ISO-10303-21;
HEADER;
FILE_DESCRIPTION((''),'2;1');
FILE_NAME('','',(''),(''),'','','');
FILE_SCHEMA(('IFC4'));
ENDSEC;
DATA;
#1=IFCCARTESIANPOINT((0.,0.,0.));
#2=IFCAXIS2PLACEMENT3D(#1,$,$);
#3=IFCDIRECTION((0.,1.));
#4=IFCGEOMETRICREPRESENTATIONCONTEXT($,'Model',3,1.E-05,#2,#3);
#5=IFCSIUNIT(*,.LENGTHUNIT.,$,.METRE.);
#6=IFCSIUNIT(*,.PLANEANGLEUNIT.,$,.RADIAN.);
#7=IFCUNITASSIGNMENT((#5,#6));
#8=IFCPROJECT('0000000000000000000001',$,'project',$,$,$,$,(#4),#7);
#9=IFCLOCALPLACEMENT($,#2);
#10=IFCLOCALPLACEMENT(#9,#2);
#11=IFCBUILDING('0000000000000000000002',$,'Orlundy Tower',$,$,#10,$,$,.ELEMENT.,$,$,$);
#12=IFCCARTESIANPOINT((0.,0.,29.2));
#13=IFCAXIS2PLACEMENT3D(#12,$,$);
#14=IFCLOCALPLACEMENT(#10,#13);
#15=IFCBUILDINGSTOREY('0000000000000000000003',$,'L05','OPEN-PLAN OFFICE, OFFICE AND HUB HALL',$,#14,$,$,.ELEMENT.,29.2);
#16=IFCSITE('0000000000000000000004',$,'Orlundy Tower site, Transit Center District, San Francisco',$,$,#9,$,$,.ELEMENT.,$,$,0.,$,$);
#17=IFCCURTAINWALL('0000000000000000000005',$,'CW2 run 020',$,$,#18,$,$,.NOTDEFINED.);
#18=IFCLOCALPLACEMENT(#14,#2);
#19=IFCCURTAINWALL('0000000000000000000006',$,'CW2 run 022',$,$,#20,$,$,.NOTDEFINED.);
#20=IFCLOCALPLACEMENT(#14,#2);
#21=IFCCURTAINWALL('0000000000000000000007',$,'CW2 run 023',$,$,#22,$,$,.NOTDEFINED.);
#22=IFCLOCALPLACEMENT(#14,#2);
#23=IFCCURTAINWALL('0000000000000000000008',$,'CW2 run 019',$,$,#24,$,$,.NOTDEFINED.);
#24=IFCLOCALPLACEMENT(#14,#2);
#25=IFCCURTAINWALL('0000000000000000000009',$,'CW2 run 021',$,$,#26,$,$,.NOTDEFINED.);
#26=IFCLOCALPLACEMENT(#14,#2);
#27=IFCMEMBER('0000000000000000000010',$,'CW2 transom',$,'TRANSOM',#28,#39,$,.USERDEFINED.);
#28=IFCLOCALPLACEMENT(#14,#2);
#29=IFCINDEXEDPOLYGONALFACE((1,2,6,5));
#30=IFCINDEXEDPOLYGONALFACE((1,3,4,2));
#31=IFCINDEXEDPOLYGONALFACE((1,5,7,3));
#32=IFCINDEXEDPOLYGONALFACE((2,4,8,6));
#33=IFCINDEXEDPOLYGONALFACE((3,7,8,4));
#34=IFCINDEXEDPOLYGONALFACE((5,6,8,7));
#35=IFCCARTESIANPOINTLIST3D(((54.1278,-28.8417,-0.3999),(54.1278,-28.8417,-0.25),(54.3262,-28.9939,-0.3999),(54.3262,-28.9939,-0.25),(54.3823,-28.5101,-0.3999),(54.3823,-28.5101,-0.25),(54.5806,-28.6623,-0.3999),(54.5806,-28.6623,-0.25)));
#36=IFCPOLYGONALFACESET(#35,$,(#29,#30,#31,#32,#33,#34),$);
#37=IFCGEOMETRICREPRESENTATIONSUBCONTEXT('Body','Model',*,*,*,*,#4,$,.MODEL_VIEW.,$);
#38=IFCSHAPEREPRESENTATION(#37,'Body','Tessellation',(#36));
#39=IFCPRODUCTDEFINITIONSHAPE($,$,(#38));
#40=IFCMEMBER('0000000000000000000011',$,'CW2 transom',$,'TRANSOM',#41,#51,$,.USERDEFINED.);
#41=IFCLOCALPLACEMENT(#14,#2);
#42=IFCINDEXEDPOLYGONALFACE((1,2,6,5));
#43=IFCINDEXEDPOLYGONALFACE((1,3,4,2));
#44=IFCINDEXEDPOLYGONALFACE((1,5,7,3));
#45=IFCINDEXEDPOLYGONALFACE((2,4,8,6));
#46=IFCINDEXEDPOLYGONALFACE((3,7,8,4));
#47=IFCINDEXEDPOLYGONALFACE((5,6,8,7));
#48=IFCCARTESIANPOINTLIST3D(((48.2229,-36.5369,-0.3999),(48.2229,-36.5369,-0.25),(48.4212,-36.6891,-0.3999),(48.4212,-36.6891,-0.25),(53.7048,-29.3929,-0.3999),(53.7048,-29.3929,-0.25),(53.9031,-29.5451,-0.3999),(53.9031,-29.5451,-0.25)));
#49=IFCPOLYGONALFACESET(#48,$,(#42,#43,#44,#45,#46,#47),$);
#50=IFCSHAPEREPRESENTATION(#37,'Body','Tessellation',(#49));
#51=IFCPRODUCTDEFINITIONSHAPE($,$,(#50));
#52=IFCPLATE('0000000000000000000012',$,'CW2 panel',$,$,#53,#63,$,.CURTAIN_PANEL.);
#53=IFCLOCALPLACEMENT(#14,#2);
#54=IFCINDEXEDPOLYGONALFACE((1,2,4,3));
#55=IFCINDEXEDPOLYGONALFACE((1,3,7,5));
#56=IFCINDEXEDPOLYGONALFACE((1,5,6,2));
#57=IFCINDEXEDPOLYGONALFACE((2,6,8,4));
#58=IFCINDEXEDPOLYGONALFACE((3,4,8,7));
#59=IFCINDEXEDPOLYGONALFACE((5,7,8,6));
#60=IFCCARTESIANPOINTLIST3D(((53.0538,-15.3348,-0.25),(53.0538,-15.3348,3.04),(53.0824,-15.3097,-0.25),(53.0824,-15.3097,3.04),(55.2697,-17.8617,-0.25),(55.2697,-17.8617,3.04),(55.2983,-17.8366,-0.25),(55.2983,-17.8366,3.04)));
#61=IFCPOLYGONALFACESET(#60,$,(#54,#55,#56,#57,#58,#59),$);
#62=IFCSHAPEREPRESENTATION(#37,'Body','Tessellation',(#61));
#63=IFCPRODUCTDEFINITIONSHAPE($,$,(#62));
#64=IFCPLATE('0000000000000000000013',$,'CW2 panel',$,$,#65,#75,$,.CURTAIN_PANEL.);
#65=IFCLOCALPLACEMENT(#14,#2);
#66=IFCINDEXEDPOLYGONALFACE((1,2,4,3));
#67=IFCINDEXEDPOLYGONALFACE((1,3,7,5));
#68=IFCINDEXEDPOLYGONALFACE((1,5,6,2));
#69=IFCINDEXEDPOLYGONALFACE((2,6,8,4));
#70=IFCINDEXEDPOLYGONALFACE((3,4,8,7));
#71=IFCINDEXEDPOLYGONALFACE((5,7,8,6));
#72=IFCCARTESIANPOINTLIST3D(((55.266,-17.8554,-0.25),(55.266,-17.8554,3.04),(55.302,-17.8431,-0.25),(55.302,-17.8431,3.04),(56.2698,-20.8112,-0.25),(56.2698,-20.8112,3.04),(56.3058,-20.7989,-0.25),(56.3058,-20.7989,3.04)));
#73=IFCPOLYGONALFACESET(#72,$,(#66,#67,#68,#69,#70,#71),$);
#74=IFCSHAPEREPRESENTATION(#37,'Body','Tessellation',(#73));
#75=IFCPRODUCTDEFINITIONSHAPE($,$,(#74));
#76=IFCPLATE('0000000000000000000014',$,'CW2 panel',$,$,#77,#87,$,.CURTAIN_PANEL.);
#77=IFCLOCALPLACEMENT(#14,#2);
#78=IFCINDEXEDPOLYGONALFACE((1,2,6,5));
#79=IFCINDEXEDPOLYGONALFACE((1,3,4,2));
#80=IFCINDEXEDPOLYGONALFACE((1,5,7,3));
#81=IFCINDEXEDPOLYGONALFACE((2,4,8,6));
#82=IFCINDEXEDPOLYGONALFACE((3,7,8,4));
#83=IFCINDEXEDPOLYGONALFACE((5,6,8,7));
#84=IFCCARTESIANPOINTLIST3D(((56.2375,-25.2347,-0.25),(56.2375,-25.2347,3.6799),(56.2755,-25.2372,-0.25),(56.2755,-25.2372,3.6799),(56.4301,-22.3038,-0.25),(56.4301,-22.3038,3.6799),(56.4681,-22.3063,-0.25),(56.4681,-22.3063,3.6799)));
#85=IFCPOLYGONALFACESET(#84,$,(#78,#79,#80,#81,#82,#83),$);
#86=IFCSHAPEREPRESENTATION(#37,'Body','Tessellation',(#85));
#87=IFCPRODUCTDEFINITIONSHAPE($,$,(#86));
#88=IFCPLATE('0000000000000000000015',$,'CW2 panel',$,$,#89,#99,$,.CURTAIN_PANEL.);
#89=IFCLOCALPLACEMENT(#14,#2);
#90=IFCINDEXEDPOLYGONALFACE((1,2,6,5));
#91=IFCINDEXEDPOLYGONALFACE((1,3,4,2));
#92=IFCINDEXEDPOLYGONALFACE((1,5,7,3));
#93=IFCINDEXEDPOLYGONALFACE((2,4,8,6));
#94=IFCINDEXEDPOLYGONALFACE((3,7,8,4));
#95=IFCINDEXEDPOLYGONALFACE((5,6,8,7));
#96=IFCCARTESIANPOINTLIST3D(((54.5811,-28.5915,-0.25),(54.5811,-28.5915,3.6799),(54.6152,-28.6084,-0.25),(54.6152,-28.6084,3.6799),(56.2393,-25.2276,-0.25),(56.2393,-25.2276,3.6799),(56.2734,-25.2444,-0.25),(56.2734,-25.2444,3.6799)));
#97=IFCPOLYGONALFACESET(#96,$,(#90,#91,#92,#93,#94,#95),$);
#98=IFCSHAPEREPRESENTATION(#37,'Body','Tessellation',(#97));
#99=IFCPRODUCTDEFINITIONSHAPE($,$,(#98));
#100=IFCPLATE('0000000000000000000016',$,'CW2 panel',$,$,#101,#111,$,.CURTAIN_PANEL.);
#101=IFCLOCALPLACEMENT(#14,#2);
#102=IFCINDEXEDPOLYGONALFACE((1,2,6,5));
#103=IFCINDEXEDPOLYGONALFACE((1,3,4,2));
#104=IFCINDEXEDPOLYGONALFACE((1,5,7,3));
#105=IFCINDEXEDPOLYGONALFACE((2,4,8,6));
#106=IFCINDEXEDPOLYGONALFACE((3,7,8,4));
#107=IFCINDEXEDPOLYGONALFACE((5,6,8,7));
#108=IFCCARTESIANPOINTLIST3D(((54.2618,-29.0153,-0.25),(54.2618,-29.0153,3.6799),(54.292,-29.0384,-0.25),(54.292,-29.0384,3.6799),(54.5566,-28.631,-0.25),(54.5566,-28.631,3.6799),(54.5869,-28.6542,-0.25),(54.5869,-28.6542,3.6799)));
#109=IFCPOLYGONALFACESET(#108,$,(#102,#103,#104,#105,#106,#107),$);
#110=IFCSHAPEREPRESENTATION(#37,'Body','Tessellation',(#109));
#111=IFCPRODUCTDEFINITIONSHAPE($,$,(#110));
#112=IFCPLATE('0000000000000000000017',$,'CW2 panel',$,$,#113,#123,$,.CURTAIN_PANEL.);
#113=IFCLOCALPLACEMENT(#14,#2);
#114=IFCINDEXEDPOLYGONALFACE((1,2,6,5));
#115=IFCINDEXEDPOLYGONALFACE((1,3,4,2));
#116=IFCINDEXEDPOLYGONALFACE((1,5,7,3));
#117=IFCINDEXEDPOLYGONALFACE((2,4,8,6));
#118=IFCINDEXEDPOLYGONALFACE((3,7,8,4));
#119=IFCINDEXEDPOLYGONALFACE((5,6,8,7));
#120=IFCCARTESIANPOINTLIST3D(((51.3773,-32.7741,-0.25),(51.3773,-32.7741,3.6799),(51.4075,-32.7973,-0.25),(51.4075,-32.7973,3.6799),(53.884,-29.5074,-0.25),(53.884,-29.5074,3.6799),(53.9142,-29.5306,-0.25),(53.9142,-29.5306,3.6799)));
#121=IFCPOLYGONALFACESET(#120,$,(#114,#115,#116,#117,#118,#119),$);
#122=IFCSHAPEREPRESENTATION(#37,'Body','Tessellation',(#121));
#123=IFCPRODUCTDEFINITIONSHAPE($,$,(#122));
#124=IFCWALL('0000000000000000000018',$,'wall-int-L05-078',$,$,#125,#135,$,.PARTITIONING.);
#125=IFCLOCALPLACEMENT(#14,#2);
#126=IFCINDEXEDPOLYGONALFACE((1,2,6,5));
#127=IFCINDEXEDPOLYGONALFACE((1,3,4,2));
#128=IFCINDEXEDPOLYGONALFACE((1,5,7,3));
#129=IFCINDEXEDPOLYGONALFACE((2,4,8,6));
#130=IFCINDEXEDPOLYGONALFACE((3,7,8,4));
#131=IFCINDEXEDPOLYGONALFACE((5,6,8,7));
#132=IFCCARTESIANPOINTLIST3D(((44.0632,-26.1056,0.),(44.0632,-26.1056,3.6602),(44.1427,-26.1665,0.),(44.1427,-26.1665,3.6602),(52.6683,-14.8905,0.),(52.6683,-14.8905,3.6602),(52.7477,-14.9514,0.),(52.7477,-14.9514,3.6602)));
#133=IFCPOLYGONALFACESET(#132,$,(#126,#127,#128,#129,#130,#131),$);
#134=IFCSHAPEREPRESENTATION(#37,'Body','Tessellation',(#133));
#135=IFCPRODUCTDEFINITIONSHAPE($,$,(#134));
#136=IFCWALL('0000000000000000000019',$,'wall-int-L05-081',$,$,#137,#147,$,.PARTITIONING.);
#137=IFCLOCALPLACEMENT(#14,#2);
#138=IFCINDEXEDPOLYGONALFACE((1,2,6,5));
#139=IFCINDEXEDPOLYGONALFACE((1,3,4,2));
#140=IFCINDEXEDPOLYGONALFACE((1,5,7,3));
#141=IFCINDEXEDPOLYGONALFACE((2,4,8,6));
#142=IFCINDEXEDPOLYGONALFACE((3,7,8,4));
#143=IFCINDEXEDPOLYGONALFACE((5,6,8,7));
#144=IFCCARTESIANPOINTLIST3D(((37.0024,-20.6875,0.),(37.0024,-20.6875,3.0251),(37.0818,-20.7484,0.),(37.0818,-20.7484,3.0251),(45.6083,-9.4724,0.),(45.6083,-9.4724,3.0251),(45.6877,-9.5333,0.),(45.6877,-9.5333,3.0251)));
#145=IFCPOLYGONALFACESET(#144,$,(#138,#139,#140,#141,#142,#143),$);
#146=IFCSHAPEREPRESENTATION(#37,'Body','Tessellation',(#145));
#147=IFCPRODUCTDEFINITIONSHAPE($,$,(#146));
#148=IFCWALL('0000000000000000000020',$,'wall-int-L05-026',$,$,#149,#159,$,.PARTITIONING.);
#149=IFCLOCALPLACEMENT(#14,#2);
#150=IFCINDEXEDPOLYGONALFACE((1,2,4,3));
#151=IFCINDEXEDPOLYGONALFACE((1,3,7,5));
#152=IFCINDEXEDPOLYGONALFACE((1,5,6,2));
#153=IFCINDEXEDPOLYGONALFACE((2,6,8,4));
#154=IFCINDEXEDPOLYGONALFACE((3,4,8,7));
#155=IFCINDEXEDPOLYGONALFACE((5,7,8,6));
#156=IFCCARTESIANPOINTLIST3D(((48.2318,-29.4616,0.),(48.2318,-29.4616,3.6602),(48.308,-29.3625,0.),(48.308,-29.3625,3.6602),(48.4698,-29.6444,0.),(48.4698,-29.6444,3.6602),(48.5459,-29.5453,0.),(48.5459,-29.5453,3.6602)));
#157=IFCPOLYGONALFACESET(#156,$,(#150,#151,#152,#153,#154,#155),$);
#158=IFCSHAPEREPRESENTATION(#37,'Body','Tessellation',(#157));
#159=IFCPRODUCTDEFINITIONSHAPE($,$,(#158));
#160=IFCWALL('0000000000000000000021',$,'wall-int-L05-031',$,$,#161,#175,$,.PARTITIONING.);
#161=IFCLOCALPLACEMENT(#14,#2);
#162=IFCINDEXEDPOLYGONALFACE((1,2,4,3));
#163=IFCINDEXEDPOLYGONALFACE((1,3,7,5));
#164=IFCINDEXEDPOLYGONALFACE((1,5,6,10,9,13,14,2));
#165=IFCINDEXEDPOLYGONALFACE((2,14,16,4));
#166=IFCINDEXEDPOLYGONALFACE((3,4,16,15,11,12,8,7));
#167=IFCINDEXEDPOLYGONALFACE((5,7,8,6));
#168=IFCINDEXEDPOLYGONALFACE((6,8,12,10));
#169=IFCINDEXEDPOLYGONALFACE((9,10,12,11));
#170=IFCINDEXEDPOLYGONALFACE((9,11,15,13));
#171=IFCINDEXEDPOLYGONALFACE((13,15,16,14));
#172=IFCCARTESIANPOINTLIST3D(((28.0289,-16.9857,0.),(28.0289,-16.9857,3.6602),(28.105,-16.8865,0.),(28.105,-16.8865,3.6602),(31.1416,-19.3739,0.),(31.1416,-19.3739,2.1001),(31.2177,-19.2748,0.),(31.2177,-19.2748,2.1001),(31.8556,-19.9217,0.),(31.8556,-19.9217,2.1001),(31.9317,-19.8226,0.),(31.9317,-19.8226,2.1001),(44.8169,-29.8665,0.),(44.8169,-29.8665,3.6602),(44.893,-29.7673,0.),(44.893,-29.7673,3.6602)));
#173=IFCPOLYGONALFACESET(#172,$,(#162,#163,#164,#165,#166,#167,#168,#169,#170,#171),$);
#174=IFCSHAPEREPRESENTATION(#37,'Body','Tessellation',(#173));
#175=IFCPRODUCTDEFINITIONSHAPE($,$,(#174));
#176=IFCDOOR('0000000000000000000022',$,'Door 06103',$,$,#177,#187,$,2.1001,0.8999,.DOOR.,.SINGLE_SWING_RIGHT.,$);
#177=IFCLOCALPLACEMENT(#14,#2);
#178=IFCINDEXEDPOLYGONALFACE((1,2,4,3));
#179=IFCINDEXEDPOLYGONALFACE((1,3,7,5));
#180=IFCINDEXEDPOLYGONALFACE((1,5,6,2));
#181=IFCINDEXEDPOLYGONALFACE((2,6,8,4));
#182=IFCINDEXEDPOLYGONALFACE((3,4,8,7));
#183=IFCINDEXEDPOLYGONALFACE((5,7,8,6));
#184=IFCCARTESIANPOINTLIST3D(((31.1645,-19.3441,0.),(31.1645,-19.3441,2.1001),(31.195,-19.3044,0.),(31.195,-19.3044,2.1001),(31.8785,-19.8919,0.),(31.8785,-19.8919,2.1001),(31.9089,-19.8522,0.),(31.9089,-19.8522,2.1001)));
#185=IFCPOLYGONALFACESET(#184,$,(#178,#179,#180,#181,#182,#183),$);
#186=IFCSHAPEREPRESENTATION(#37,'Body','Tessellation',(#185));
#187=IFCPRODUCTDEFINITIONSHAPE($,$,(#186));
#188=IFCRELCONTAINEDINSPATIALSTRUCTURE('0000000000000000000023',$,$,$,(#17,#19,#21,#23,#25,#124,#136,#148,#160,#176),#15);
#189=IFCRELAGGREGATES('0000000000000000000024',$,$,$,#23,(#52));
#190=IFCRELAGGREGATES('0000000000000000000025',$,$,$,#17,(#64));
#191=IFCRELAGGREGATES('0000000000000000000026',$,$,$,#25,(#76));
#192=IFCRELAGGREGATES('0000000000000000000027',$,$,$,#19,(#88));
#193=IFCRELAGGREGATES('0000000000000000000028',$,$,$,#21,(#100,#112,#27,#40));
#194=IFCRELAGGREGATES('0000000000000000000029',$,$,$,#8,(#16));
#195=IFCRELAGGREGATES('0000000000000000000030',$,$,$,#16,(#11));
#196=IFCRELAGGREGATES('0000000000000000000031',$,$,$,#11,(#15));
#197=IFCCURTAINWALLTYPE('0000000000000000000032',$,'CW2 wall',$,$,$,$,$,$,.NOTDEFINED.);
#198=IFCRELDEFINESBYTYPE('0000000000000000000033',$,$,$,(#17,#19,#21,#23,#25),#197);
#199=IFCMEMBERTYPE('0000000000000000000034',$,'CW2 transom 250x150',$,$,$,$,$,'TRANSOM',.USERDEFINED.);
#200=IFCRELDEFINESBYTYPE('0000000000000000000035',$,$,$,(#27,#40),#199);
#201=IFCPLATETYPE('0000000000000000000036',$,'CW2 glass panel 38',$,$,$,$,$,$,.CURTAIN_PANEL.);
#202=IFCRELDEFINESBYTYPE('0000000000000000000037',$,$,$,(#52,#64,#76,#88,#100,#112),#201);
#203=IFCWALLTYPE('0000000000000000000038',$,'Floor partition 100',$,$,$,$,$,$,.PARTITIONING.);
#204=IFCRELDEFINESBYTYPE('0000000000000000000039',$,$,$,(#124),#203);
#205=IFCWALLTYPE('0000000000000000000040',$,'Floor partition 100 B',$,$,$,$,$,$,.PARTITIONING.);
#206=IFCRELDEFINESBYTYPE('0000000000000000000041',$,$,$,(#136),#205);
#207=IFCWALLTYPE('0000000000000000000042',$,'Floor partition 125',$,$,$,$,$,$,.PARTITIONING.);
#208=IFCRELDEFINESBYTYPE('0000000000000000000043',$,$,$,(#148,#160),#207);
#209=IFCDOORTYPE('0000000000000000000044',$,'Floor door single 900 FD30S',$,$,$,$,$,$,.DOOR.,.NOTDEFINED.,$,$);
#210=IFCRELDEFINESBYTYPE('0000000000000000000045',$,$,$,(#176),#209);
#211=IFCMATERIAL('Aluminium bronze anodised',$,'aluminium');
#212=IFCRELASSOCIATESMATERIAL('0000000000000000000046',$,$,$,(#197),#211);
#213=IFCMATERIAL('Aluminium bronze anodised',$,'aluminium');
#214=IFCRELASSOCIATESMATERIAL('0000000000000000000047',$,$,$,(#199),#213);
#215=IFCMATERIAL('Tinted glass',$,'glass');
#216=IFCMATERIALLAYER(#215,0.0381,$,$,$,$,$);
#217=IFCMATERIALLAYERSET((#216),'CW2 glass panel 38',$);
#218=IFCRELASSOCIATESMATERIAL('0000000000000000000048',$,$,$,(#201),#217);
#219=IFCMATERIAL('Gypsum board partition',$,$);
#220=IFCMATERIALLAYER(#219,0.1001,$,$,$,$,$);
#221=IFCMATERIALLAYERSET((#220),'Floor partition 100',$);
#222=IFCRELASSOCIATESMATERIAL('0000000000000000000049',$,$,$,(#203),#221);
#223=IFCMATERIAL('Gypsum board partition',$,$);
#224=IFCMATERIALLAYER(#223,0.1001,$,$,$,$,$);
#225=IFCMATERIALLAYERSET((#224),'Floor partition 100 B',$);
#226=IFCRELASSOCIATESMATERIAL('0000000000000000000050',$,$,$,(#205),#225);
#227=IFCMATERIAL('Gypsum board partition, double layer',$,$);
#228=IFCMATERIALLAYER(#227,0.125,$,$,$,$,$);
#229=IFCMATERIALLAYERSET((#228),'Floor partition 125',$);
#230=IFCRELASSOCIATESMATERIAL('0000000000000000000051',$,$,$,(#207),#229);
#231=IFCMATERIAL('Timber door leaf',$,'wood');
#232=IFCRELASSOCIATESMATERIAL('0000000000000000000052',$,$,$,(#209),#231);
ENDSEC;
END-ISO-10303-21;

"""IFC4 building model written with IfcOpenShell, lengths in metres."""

from ifc_helpers import new_model, si_unit, direction, frame, frame_2d, origin, origin_2d, place, context, subcontext, project, spatial, rectangle, extrude, material, layer, layer_set, material_profile, profile_set, type_object, element, fill, aggregate, save


model = new_model("IFC4")

# Units and contexts
model_context = context("Model", 3, precision=1e-05, world=origin(), true_north=direction((0.0, 1.0)))
body_context = subcontext(model_context, "Body", "Model", "MODEL_VIEW")
ifc_project = project(units=[si_unit("LENGTHUNIT", "METRE"), si_unit("PLANEANGLEUNIT", "RADIAN")], contexts=[model_context])

# Site, building, storey
site_placement = place(None, origin())
site = spatial("IfcSite", under=ifc_project, at=site_placement, Name="Orlundy Tower site, Transit Center District, San Francisco", CompositionType="ELEMENT", RefElevation=0.0)
building_placement = place(site_placement, origin())
building = spatial("IfcBuilding", under=site, at=building_placement, Name="Orlundy Tower", CompositionType="ELEMENT")
storey_placement = place(building_placement, frame((0.0, 0.0, 29.2)))
storey = spatial("IfcBuildingStorey", under=building, at=storey_placement, Name="L05", Description="OPEN-PLAN OFFICE, OFFICE AND HUB HALL", CompositionType="ELEMENT", Elevation=29.2)

# Curtain walls
ifc_material_1 = material(Name="Aluminium bronze anodised", Category="aluminium")
curtain_wall_type = type_object("IfcCurtainWallType", Name="CW2 wall", PredefinedType="NOTDEFINED", material=ifc_material_1)
curtain_wall_1_placement = place(storey_placement, origin())
curtain_wall_1 = element("IfcCurtainWall", 1, at=curtain_wall_1_placement, inside=storey, type_object=curtain_wall_type, Name="CW2 run 020", PredefinedType="NOTDEFINED")
curtain_wall_2_placement = place(storey_placement, origin())
curtain_wall_2 = element("IfcCurtainWall", 2, at=curtain_wall_2_placement, inside=storey, type_object=curtain_wall_type, Name="CW2 run 022", PredefinedType="NOTDEFINED")
curtain_wall_3_placement = place(storey_placement, origin())
curtain_wall_3 = element("IfcCurtainWall", 3, at=curtain_wall_3_placement, inside=storey, type_object=curtain_wall_type, Name="CW2 run 023", PredefinedType="NOTDEFINED")
curtain_wall_4_placement = place(storey_placement, origin())
curtain_wall_4 = element("IfcCurtainWall", 4, at=curtain_wall_4_placement, inside=storey, type_object=curtain_wall_type, Name="CW2 run 019", PredefinedType="NOTDEFINED")
ifc_material_2 = material(Name="Aluminium bronze anodised", Category="aluminium")
ifc_material_profile_1 = material_profile(ifc_material_2, rectangle(XDim=0.25, YDim=0.1499, at=origin_2d()), Name="CW2 transom 250x150")
ifc_profile_set_1 = profile_set([ifc_material_profile_1], Name="Aluminium bronze anodised")
member_type_1 = type_object("IfcMemberType", Name="CW2 transom 250x150", ElementType="TRANSOM", PredefinedType="USERDEFINED", material=ifc_profile_set_1)

# Curtain wall
curtain_wall_5_placement = place(storey_placement, origin())
curtain_wall_5 = element("IfcCurtainWall", 5, at=curtain_wall_5_placement, inside=storey, type_object=curtain_wall_type, Name="CW2 run 021", PredefinedType="NOTDEFINED")

# Members
member_1_placement = place(storey_placement, frame((54.4814, -28.5862, -0.325), z_axis=(-0.60875, -0.793362, 0.0), x_axis=(0.793362, -0.60875, 0.0)))
member_1 = element("IfcMember", 6, at=member_1_placement, type_object=member_type_1, Name="CW2 transom", ObjectType="TRANSOM", PredefinedType="USERDEFINED", context=body_context, shape_type="SweptSolid", body=[
    extrude(rectangle(XDim=0.25, YDim=0.1499, at=origin_2d()), origin(), (0.0, 0.0, 1.0), 0.418),
])
member_2_placement = place(storey_placement, frame((53.804, -29.469, -0.325), z_axis=(-0.60877, -0.793347, 0.0), x_axis=(0.793347, -0.60877, 0.0)))
member_2 = element("IfcMember", 7, at=member_2_placement, type_object=member_type_1, Name="CW2 transom", ObjectType="TRANSOM", PredefinedType="USERDEFINED", context=body_context, shape_type="SweptSolid", body=[
    extrude(rectangle(XDim=0.25, YDim=0.1499, at=origin_2d()), origin(), (0.0, 0.0, 1.0), 9.0049),
])

# Plates
ifc_material_3 = material(Name="Tinted glass", Category="glass")
ifc_layer_1 = layer(ifc_material_3, 0.0381)
ifc_layer_set_1 = layer_set([ifc_layer_1], Name="CW2 glass panel 38")
plate_type = type_object("IfcPlateType", Name="CW2 glass panel 38", PredefinedType="CURTAIN_PANEL", material=ifc_layer_set_1)
plate_1_placement = place(storey_placement, frame((54.176, -16.5857, -0.25), z_axis=(0.0, 0.0, 1.0), x_axis=(0.659325, -0.751858, 0.0)))
plate_1 = element("IfcPlate", 8, at=plate_1_placement, type_object=plate_type, Name="CW2 panel", PredefinedType="CURTAIN_PANEL", context=body_context, shape_type="SweptSolid", body=[
    extrude(rectangle(XDim=3.3608, YDim=0.0381, at=origin_2d()), origin(), (0.0, 0.0, 1.0), 3.29),
])
aggregate(curtain_wall_4, [plate_1])
plate_2_placement = place(storey_placement, frame((55.7859, -19.3271, -0.25), z_axis=(0.0, 0.0, 1.0), x_axis=(0.321564, -0.946888, 0.0)))
plate_2 = element("IfcPlate", 9, at=plate_2_placement, type_object=plate_type, Name="CW2 panel", PredefinedType="CURTAIN_PANEL", context=body_context, shape_type="SweptSolid", body=[
    extrude(rectangle(XDim=3.1216, YDim=0.0381, at=origin_2d()), origin(), (0.0, 0.0, 1.0), 3.29),
])
aggregate(curtain_wall_1, [plate_2])
plate_3_placement = place(storey_placement, frame((56.3528, -23.7705, -0.25), z_axis=(0.0, 0.0, 1.0), x_axis=(-0.06557, -0.997848, 0.0)))
plate_3 = element("IfcPlate", 10, at=plate_3_placement, type_object=plate_type, Name="CW2 panel", PredefinedType="CURTAIN_PANEL", context=body_context, shape_type="SweptSolid", body=[
    extrude(rectangle(XDim=2.9373, YDim=0.0381, at=origin_2d()), origin(), (0.0, 0.0, 1.0), 3.9299),
])
aggregate(curtain_wall_5, [plate_3])
plate_4_placement = place(storey_placement, frame((55.4272, -26.918, -0.25), z_axis=(0.0, 0.0, 1.0), x_axis=(-0.442135, -0.896949, 0.0)))
plate_4 = element("IfcPlate", 11, at=plate_4_placement, type_object=plate_type, Name="CW2 panel", PredefinedType="CURTAIN_PANEL", context=body_context, shape_type="SweptSolid", body=[
    extrude(rectangle(XDim=3.7505, YDim=0.0381, at=origin_2d()), origin(), (0.0, 0.0, 1.0), 3.9299),
])
aggregate(curtain_wall_2, [plate_4])
plate_5_placement = place(storey_placement, frame((54.4243, -28.8347, -0.25), z_axis=(0.0, 0.0, 1.0), x_axis=(-0.608771, -0.793346, 0.0)))
plate_5 = element("IfcPlate", 12, at=plate_5_placement, type_object=plate_type, Name="CW2 panel", PredefinedType="CURTAIN_PANEL", context=body_context, shape_type="SweptSolid", body=[
    extrude(rectangle(XDim=0.4844, YDim=0.0381, at=origin_2d()), origin(), (0.0, 0.0, 1.0), 3.9299),
])
plate_6_placement = place(storey_placement, frame((52.6458, -31.1523, -0.25), z_axis=(0.0, 0.0, 1.0), x_axis=(-0.608771, -0.793346, 0.0)))
plate_6 = element("IfcPlate", 13, at=plate_6_placement, type_object=plate_type, Name="CW2 panel", PredefinedType="CURTAIN_PANEL", context=body_context, shape_type="SweptSolid", body=[
    extrude(rectangle(XDim=4.1177, YDim=0.0381, at=origin_2d()), origin(), (0.0, 0.0, 1.0), 3.9299),
])
aggregate(curtain_wall_3, [plate_5, plate_6, member_1, member_2])

# Walls
ifc_material_4 = material(Name="Gypsum board partition")
ifc_layer_2 = layer(ifc_material_4, 0.1001)
ifc_layer_set_2 = layer_set([ifc_layer_2], Name="Floor partition 100")
wall_type_1 = type_object("IfcWallType", Name="Floor partition 100", PredefinedType="PARTITIONING", material=ifc_layer_set_2)
wall_1_placement = place(storey_placement, frame((44.103, -26.136, 0.0), z_axis=(0.0, 0.0, 1.0), x_axis=(0.608732, 0.793376, 0.0)))
element("IfcWall", 14, at=wall_1_placement, inside=storey, type_object=wall_type_1, Name="wall-int-L05-078", PredefinedType="PARTITIONING", context=body_context, shape_type="SweptSolid", body=[
    extrude(rectangle(XDim=14.136, YDim=0.1001, at=frame_2d((7.0679, 0.0))), origin(), (0.0, 0.0, 1.0), 3.6602),
])
ifc_material_5 = material(Name="Gypsum board partition")
ifc_layer_3 = layer(ifc_material_5, 0.1001)
ifc_layer_set_3 = layer_set([ifc_layer_3], Name="Floor partition 100 B")
wall_type_2 = type_object("IfcWallType", Name="Floor partition 100 B", PredefinedType="PARTITIONING", material=ifc_layer_set_3)
wall_2_placement = place(storey_placement, frame((37.042, -20.718, 0.0), z_axis=(0.0, 0.0, 1.0), x_axis=(0.608776, 0.793342, 0.0)))
element("IfcWall", 15, at=wall_2_placement, inside=storey, type_object=wall_type_2, Name="wall-int-L05-081", PredefinedType="PARTITIONING", context=body_context, shape_type="SweptSolid", body=[
    extrude(rectangle(XDim=14.1365, YDim=0.1001, at=frame_2d((7.0684, 0.0))), origin(), (0.0, 0.0, 1.0), 3.0251),
])
ifc_material_6 = material(Name="Gypsum board partition, double layer")
ifc_layer_4 = layer(ifc_material_6, 0.125)
ifc_layer_set_4 = layer_set([ifc_layer_4], Name="Floor partition 125")
wall_type_3 = type_object("IfcWallType", Name="Floor partition 125", PredefinedType="PARTITIONING", material=ifc_layer_set_4)
wall_3_placement = place(storey_placement, frame((48.27, -29.4121, 0.0), z_axis=(0.0, 0.0, 1.0), x_axis=(0.793017, -0.6092, 0.0)))
element("IfcWall", 16, at=wall_3_placement, inside=storey, type_object=wall_type_3, Name="wall-int-L05-026", PredefinedType="PARTITIONING", context=body_context, shape_type="SweptSolid", body=[
    extrude(rectangle(XDim=0.3, YDim=0.125, at=frame_2d((0.1499, 0.0))), origin(), (0.0, 0.0, 1.0), 3.6602),
])

# Wall, opening, door
wall_4_placement = place(storey_placement, frame((44.855, -29.8169, 0.0), z_axis=(0.0, 0.0, 1.0), x_axis=(-0.793378, 0.608729, 0.0)))
wall_4 = element("IfcWall", 17, at=wall_4_placement, inside=storey, type_object=wall_type_3, Name="wall-int-L05-031", PredefinedType="PARTITIONING", context=body_context, shape_type="SweptSolid", body=[
    extrude(rectangle(XDim=21.1602, YDim=0.125, at=frame_2d((10.5801, 0.0))), origin(), (0.0, 0.0, 1.0), 3.6602),
])
opening_1_placement = place(wall_4_placement, frame((16.3369, 0.0, 0.0)))
opening_1 = element("IfcOpeningElement", 18, at=opening_1_placement, cuts=wall_4, PredefinedType="OPENING", context=body_context, shape_type="SweptSolid", body=[
    extrude(rectangle(XDim=0.8999, YDim=2.1001, at=frame_2d((0.45, 1.05))), frame((0.0, 0.0725, 0.0), z_axis=(0.0, -1.0, 0.0), x_axis=(1.0, 0.0, 0.0)), (0.0, 0.0, 1.0), 0.145),
])
ifc_material_7 = material(Name="Timber door leaf", Category="wood")
door_type = type_object("IfcDoorType", Name="Floor door single 900 FD30S", OperationType="NOTDEFINED", PredefinedType="DOOR", material=ifc_material_7)
door_1_placement = place(opening_1_placement, origin())
door_1 = element("IfcDoor", 19, at=door_1_placement, inside=storey, type_object=door_type, Name="Door 06103", OperationType="SINGLE_SWING_RIGHT", OverallHeight=2.1001, OverallWidth=0.8999, PredefinedType="DOOR", context=body_context, shape_type="SweptSolid", body=[
    extrude(rectangle(XDim=0.8999, YDim=2.1001, at=frame_2d((0.45, 1.05))), frame((0.0, 0.0249, 0.0), z_axis=(0.0, -1.0, 0.0), x_axis=(1.0, 0.0, 0.0)), (0.0, 0.0, 1.0), 0.05),
])
fill(opening_1, door_1)

save(model, "model.ifc")
